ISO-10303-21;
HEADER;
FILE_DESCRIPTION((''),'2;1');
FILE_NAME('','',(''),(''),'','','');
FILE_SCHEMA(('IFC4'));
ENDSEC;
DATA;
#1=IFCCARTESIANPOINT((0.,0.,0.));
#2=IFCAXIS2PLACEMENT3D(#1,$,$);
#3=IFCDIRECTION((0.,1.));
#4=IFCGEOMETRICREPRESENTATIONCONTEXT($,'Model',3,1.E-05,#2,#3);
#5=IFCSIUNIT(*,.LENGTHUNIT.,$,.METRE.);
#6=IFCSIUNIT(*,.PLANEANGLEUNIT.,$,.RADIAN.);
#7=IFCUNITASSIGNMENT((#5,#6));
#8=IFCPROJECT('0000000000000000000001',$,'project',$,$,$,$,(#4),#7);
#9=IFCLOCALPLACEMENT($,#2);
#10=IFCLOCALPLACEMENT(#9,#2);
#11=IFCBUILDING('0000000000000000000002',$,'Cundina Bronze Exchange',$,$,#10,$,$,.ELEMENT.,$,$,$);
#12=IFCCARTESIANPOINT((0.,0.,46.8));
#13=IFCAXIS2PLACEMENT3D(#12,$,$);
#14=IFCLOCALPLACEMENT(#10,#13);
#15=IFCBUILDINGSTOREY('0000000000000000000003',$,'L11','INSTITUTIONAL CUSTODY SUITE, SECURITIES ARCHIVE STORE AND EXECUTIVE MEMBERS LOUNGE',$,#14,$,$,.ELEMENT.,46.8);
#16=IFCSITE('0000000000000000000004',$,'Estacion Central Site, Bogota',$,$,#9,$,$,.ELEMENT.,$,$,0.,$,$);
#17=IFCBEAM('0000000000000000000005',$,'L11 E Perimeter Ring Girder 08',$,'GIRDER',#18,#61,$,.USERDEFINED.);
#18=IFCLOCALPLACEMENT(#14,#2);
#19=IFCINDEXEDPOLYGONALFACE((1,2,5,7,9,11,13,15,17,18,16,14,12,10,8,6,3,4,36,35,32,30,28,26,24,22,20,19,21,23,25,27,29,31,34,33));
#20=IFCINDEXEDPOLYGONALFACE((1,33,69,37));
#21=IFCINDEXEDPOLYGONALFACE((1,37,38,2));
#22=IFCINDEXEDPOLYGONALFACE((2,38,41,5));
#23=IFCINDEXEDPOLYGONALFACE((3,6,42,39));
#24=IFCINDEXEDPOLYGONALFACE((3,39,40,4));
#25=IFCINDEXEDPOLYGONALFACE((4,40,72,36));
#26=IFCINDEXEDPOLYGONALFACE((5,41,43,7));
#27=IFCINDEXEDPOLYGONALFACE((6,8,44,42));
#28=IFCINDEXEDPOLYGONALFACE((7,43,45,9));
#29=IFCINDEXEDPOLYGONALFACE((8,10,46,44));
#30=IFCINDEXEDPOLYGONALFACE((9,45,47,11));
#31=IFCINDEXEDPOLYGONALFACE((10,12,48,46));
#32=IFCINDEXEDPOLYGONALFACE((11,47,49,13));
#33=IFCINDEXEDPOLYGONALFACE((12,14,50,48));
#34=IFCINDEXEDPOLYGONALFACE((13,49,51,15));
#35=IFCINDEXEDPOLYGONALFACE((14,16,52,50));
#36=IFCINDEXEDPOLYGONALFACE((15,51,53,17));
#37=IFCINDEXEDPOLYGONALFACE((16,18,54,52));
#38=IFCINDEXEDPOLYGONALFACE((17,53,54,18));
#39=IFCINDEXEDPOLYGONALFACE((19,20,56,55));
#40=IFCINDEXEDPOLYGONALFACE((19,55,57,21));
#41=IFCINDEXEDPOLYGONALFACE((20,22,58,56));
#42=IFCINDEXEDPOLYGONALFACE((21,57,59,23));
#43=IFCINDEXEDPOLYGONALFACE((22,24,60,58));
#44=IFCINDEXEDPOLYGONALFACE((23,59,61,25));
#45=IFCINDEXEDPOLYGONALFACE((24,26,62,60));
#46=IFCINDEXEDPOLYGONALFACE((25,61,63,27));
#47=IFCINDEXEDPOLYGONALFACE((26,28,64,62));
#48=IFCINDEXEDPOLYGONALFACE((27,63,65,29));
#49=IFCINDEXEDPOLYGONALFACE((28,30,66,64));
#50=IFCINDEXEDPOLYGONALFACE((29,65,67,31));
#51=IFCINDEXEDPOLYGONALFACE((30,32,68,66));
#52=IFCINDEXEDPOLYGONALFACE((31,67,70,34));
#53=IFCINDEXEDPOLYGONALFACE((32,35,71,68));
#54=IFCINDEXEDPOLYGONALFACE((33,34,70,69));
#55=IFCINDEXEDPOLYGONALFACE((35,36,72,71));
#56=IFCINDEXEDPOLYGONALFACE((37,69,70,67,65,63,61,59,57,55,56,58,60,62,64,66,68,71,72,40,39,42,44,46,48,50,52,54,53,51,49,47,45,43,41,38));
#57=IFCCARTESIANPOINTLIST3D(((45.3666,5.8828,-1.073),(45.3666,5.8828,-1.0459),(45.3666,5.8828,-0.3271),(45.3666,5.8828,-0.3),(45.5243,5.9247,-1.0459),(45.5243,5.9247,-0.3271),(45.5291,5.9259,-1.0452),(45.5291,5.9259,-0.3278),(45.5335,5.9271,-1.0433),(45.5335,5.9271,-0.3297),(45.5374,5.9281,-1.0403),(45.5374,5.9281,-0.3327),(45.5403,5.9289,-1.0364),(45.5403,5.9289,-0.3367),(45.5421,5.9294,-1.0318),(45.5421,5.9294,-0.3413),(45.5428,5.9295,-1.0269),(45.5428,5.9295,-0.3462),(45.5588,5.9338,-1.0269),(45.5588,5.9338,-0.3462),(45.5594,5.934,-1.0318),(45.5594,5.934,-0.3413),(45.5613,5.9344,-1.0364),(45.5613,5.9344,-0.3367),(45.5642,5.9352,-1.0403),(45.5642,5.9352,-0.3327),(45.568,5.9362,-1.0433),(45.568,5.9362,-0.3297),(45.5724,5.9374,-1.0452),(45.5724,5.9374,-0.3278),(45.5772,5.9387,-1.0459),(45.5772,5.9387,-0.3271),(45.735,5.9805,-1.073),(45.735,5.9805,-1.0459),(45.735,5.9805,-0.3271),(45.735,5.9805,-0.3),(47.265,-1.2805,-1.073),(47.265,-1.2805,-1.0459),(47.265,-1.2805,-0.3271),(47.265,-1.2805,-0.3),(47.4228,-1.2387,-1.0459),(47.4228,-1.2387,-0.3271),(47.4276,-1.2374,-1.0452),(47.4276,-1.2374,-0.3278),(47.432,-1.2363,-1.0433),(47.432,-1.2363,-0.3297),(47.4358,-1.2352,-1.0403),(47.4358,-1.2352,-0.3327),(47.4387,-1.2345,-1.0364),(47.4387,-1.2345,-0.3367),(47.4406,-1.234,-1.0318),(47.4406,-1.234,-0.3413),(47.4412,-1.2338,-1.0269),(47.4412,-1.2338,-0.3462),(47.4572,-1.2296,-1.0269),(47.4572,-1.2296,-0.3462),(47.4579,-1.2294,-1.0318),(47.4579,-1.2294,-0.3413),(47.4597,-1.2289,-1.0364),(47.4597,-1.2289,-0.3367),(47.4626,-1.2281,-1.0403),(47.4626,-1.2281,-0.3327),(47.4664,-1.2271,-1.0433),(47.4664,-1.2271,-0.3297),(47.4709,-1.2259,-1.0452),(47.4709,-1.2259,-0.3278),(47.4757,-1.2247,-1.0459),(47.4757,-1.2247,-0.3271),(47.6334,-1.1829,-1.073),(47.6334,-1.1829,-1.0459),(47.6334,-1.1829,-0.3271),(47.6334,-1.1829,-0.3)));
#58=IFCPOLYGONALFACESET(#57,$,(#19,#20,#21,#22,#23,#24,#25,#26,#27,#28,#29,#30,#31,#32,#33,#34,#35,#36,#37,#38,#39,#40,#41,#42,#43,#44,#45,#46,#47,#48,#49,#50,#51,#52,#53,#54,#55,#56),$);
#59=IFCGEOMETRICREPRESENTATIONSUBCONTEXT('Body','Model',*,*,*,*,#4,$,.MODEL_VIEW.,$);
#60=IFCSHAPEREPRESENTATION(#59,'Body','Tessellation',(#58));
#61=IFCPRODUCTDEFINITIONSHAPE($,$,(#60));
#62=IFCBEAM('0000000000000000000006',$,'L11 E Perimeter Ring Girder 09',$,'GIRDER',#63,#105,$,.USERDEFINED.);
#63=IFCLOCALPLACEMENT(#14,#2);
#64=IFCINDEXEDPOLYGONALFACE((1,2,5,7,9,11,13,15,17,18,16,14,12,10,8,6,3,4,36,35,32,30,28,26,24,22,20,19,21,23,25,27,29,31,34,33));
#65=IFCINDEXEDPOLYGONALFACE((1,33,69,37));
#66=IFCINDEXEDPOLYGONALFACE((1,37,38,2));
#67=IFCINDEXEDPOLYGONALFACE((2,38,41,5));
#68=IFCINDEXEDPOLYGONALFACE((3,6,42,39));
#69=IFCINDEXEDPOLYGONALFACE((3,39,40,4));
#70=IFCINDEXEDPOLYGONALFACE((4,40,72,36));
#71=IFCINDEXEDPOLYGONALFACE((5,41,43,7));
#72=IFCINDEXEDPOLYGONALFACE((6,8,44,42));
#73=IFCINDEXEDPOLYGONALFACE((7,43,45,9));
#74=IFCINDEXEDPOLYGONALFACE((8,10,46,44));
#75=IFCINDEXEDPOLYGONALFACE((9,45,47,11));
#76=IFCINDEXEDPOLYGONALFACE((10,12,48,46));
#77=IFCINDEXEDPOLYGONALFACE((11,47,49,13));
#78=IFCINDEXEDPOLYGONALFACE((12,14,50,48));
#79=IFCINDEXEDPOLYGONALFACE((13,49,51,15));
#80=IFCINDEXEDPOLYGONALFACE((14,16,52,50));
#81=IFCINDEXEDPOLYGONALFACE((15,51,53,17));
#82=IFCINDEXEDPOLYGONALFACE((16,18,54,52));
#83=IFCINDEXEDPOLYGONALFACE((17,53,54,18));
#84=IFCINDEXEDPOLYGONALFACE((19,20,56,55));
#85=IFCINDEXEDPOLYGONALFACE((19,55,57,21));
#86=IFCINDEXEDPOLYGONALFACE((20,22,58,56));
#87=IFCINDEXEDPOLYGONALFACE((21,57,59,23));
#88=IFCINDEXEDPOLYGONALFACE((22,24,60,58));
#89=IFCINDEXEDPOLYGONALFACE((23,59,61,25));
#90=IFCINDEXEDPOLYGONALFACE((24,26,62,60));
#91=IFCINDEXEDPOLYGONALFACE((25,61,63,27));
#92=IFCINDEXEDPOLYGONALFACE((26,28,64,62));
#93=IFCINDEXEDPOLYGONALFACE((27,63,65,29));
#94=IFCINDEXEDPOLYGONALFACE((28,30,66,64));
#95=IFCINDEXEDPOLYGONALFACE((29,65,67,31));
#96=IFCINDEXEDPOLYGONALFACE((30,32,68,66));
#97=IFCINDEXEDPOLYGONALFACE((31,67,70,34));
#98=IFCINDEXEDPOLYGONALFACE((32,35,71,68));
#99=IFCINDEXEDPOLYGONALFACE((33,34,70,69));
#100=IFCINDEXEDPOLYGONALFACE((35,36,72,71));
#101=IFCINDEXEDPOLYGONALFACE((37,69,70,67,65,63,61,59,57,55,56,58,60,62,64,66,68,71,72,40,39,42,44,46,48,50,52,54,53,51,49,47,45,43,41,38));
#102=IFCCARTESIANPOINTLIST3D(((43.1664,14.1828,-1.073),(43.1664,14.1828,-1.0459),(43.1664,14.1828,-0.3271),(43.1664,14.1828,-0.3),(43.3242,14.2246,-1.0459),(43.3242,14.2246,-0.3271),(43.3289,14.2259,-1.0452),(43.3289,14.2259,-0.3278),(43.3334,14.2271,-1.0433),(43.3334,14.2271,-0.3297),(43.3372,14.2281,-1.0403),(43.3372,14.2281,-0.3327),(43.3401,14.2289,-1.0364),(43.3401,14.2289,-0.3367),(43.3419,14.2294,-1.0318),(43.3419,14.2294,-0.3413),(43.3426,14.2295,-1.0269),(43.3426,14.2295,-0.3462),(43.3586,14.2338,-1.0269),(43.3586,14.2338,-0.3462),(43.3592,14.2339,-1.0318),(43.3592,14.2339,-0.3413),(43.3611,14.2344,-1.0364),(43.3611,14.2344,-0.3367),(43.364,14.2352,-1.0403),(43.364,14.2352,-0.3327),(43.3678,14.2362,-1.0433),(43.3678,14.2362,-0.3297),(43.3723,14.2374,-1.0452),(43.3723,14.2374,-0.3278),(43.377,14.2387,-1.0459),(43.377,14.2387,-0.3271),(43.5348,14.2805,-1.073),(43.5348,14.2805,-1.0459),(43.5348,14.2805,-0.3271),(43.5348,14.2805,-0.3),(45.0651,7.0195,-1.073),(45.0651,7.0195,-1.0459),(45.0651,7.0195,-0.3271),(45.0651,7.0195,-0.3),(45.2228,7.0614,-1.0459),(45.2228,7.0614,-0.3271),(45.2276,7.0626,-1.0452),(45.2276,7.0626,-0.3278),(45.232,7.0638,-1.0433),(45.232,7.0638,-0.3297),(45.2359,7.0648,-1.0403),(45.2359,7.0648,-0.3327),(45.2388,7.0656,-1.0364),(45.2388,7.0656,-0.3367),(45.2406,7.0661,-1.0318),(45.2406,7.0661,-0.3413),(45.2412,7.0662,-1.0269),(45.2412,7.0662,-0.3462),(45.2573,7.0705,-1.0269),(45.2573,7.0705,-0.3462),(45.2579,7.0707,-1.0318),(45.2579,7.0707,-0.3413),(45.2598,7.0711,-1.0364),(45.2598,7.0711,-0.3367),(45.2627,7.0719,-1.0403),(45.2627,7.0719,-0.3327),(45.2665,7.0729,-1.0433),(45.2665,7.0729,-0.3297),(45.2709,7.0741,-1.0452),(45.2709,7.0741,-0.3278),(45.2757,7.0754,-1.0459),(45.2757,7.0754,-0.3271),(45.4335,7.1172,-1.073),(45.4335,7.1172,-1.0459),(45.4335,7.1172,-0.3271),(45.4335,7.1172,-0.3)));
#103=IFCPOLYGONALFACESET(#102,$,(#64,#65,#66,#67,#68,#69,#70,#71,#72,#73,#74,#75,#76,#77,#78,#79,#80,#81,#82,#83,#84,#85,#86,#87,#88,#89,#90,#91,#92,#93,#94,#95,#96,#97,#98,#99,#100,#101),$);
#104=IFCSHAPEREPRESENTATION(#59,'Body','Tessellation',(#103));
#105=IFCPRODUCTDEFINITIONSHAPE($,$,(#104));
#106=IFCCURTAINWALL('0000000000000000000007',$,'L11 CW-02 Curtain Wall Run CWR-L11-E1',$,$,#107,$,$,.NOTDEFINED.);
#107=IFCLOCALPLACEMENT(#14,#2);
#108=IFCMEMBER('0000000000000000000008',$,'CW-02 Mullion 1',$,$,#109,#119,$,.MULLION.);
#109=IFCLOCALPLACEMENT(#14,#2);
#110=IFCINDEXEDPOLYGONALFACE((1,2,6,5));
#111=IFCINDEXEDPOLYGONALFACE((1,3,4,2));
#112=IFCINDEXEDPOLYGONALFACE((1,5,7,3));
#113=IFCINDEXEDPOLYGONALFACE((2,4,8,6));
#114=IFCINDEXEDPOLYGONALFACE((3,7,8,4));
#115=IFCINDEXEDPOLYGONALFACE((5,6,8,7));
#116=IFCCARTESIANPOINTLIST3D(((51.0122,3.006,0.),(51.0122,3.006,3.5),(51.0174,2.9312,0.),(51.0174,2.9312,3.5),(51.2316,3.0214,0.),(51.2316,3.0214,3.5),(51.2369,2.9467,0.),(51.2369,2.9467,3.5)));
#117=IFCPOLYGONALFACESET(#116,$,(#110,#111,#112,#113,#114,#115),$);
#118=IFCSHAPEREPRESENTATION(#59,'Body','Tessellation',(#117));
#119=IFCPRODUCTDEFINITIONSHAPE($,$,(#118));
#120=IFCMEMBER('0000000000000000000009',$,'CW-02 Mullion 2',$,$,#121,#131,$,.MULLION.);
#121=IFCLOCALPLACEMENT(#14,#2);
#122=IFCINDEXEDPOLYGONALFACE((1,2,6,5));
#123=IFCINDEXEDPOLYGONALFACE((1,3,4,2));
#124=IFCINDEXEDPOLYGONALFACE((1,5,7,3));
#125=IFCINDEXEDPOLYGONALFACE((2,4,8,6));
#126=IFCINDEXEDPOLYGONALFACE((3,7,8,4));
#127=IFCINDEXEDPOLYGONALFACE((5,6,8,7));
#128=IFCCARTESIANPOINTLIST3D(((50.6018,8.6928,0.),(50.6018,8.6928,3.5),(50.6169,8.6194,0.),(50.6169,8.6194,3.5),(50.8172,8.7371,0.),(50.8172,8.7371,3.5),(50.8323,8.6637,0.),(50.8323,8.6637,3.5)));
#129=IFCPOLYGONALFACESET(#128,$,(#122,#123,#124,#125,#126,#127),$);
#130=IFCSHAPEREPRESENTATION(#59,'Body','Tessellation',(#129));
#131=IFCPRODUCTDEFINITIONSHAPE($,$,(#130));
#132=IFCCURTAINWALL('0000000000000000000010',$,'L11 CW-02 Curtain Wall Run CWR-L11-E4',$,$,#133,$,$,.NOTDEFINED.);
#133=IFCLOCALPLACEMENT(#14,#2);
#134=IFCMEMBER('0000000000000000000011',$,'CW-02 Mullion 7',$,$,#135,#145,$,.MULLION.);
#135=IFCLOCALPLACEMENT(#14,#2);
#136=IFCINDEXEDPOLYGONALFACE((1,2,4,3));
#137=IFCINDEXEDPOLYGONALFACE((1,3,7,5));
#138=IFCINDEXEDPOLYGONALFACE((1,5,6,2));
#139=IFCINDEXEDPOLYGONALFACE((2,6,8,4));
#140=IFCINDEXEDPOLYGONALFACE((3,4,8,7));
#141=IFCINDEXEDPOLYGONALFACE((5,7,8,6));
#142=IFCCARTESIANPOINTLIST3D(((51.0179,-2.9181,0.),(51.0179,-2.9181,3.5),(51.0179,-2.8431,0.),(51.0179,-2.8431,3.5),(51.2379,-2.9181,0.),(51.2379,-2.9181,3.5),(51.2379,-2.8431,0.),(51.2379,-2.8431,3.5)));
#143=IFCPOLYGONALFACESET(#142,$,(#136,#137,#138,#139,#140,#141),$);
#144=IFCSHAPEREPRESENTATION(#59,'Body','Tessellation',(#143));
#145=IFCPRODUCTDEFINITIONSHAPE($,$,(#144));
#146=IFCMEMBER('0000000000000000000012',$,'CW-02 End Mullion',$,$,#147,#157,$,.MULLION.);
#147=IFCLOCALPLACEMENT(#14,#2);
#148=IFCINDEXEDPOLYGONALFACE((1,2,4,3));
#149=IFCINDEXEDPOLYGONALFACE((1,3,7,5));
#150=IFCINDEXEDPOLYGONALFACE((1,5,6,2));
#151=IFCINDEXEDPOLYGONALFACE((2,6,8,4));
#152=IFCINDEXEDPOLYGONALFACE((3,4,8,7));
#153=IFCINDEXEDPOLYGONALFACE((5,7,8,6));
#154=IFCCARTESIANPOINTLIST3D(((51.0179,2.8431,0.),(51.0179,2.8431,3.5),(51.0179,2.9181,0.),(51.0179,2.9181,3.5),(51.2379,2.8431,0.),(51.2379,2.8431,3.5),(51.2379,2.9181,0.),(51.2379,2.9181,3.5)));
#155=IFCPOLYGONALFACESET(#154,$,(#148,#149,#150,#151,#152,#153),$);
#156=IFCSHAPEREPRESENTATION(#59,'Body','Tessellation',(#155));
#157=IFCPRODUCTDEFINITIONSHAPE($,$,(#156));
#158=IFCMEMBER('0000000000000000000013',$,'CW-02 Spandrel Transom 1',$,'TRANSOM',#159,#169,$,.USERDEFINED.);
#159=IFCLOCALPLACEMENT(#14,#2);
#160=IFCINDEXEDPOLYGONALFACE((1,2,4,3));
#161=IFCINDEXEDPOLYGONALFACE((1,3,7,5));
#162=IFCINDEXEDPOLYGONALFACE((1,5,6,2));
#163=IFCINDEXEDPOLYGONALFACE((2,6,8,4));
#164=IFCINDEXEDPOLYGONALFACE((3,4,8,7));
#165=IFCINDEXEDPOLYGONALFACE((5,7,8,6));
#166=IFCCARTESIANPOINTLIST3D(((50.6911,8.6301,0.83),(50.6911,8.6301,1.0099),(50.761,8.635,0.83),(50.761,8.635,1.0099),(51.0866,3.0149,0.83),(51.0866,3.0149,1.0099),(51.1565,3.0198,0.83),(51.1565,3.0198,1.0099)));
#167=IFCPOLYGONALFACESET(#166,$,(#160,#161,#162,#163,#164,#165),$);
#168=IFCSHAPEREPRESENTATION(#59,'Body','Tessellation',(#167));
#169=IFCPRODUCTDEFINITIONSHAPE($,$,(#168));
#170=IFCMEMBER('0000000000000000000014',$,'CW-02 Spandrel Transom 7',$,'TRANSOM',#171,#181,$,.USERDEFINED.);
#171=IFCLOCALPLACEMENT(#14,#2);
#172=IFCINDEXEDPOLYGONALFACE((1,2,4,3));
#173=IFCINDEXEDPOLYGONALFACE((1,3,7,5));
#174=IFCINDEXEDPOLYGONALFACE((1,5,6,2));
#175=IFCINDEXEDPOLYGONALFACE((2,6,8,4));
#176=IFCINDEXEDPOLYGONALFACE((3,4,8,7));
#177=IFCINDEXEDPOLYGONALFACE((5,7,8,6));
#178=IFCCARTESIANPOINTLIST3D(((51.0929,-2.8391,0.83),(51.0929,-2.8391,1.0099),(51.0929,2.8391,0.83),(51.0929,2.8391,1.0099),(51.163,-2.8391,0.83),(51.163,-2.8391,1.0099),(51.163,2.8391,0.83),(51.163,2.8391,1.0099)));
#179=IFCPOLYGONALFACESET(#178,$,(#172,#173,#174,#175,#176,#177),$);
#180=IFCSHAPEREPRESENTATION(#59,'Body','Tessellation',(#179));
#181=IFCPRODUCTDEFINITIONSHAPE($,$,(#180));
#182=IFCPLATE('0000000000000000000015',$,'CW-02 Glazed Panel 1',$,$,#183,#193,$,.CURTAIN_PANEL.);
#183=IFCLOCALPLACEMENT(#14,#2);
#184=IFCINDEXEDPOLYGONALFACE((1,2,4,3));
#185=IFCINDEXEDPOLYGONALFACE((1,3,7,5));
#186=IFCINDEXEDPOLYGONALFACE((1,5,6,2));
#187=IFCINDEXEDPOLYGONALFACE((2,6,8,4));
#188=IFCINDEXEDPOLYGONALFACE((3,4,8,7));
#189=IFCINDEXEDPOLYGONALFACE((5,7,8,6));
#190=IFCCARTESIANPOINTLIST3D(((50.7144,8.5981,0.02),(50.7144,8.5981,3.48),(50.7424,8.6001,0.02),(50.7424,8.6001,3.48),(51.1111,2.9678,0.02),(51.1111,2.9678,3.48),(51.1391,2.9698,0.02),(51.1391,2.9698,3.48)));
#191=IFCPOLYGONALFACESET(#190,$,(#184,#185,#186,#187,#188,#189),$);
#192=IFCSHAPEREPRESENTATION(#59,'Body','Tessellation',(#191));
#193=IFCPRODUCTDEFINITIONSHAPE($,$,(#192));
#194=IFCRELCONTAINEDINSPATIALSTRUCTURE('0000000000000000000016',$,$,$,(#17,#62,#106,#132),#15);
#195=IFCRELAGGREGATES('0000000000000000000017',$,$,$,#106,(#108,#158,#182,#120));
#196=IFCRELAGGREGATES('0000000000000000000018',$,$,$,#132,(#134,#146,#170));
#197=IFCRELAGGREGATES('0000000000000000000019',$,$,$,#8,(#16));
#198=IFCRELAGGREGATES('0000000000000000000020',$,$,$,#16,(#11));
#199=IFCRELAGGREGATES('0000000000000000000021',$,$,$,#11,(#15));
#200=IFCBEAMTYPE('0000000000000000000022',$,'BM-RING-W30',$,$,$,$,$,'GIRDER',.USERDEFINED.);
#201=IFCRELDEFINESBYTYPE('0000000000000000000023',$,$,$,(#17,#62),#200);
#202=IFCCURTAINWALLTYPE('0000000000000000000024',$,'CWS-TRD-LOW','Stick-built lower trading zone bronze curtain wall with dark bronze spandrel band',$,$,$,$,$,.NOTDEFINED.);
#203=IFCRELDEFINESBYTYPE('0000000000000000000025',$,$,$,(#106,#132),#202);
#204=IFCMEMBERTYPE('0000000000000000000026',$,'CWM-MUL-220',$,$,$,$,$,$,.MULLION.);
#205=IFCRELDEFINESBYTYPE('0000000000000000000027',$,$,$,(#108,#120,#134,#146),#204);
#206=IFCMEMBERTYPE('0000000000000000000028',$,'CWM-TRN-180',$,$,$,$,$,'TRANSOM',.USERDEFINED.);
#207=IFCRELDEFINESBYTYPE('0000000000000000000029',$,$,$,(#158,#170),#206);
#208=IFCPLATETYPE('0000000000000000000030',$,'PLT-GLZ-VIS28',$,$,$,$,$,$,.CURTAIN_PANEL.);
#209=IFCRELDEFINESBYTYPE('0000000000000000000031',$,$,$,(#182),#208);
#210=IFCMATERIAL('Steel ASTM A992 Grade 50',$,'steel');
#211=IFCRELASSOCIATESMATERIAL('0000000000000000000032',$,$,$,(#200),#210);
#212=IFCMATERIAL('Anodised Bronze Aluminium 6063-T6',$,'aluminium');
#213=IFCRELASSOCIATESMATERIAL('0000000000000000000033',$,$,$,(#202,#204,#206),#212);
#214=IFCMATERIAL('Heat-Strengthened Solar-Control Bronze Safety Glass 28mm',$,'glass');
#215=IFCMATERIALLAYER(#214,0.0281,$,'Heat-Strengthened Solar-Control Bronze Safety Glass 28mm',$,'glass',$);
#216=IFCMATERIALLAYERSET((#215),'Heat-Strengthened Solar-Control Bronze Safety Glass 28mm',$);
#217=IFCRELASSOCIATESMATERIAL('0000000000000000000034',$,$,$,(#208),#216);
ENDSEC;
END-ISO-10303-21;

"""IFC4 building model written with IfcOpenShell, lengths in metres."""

from ifc_helpers import new_model, si_unit, direction, frame, origin, origin_2d, place, context, subcontext, project, spatial, rectangle, i_section, extrude, material, layer, layer_set, material_profile, profile_set, type_object, element, aggregate, save


model = new_model("IFC4")

# Units and contexts
model_context = context("Model", 3, precision=1e-05, world=origin(), true_north=direction((0.0, 1.0)))
body_context = subcontext(model_context, "Body", "Model", "MODEL_VIEW")
ifc_project = project(units=[si_unit("LENGTHUNIT", "METRE"), si_unit("PLANEANGLEUNIT", "RADIAN")], contexts=[model_context])

# Site, building, storey
site_placement = place(None, origin())
site = spatial("IfcSite", under=ifc_project, at=site_placement, Name="Estacion Central Site, Bogota", CompositionType="ELEMENT", RefElevation=0.0)
building_placement = place(site_placement, origin())
building = spatial("IfcBuilding", under=site, at=building_placement, Name="Cundina Bronze Exchange", CompositionType="ELEMENT")
storey_placement = place(building_placement, frame((0.0, 0.0, 46.8)))
storey = spatial("IfcBuildingStorey", under=building, at=storey_placement, Name="L11", Description="INSTITUTIONAL CUSTODY SUITE, SECURITIES ARCHIVE STORE AND EXECUTIVE MEMBERS LOUNGE", CompositionType="ELEMENT", Elevation=46.8)

# Shared definitions
ifc_material_1 = material(Name="Steel ASTM A992 Grade 50", Category="steel")

# Beams
ifc_material_profile_1 = material_profile(ifc_material_1, i_section(OverallWidth=0.3811, OverallDepth=0.7729, WebThickness=0.0166, FlangeThickness=0.0271, FilletRadius=0.019, at=origin_2d()), Name="W30X173", Category="steel")
ifc_profile_set_1 = profile_set([ifc_material_profile_1], Name="Steel ASTM A992 Grade 50")
beam_type_1 = type_object("IfcBeamType", Name="BM-RING-W30", ElementType="GIRDER", PredefinedType="USERDEFINED", material=ifc_profile_set_1)
for number, where, z_axis, x_axis, name in (
    (1, (47.4492, -1.2317, -0.6865), (-0.256178, 0.96663, 0.0), (-0.96663, -0.256178, 0.0), "L11 E Perimeter Ring Girder 08"),
    (2, (45.2493, 7.0684, -0.6865), (-0.256209, 0.966622, 0.0), (-0.966622, -0.256209, 0.0), "L11 E Perimeter Ring Girder 09"),
):
    element("IfcBeam", number, at=place(storey_placement, frame(where, z_axis=z_axis, x_axis=x_axis)), inside=storey, type_object=beam_type_1, Name=name, ObjectType="GIRDER", PredefinedType="USERDEFINED", context=body_context, shape_type="SweptSolid", body=[
        extrude(i_section(OverallWidth=0.3811, OverallDepth=0.7729, WebThickness=0.0166, FlangeThickness=0.0271, FilletRadius=0.019, at=origin_2d()), origin(), (0.0, 0.0, 1.0), 7.4106),
    ])

# Curtain walls, members
ifc_material_2 = material(Name="Anodised Bronze Aluminium 6063-T6", Category="aluminium")
curtain_wall_type = type_object("IfcCurtainWallType", Name="CWS-TRD-LOW", Description="Stick-built lower trading zone bronze curtain wall with dark bronze spandrel band", PredefinedType="NOTDEFINED", material=ifc_material_2)
curtain_wall_1_placement = place(storey_placement, origin())
curtain_wall_1 = element("IfcCurtainWall", 3, at=curtain_wall_1_placement, inside=storey, type_object=curtain_wall_type, Name="L11 CW-02 Curtain Wall Run CWR-L11-E1", PredefinedType="NOTDEFINED")
ifc_material_profile_2 = material_profile(ifc_material_2, rectangle(XDim=0.075, YDim=0.22, at=origin_2d()), Name="AL75X220", Category="aluminium")
ifc_profile_set_2 = profile_set([ifc_material_profile_2], Name="Anodised Bronze Aluminium 6063-T6")
member_type_1 = type_object("IfcMemberType", Name="CWM-MUL-220", PredefinedType="MULLION", material=ifc_profile_set_2)
member_1_placement = place(storey_placement, frame((51.1245, 2.9763, 0.0), z_axis=(0.0, 0.0, 1.0), x_axis=(-0.070279, 0.997527, 0.0)))
member_1 = element("IfcMember", 4, at=member_1_placement, type_object=member_type_1, Name="CW-02 Mullion 1", PredefinedType="MULLION", context=body_context, shape_type="SweptSolid", body=[
    extrude(rectangle(XDim=0.075, YDim=0.22, at=origin_2d()), origin(), (0.0, 0.0, 1.0), 3.5),
])
member_2_placement = place(storey_placement, frame((50.717, 8.6782, 0.0), z_axis=(0.0, 0.0, 1.0), x_axis=(-0.20142, 0.979505, 0.0)))
member_2 = element("IfcMember", 5, at=member_2_placement, type_object=member_type_1, Name="CW-02 Mullion 2", PredefinedType="MULLION", context=body_context, shape_type="SweptSolid", body=[
    extrude(rectangle(XDim=0.075, YDim=0.22, at=origin_2d()), origin(), (0.0, 0.0, 1.0), 3.5),
])
curtain_wall_2_placement = place(storey_placement, origin())
curtain_wall_2 = element("IfcCurtainWall", 6, at=curtain_wall_2_placement, inside=storey, type_object=curtain_wall_type, Name="L11 CW-02 Curtain Wall Run CWR-L11-E4", PredefinedType="NOTDEFINED")
member_3_placement = place(storey_placement, frame((51.1279, -2.8806, 0.0), z_axis=(0.0, 0.0, 1.0), x_axis=(0.0, 1.0, 0.0)))
member_3 = element("IfcMember", 7, at=member_3_placement, type_object=member_type_1, Name="CW-02 Mullion 7", PredefinedType="MULLION", context=body_context, shape_type="SweptSolid", body=[
    extrude(rectangle(XDim=0.075, YDim=0.22, at=origin_2d()), origin(), (0.0, 0.0, 1.0), 3.5),
])
member_4_placement = place(storey_placement, frame((51.1279, 2.8806, 0.0), z_axis=(0.0, 0.0, 1.0), x_axis=(0.0, 1.0, 0.0)))
member_4 = element("IfcMember", 8, at=member_4_placement, type_object=member_type_1, Name="CW-02 End Mullion", PredefinedType="MULLION", context=body_context, shape_type="SweptSolid", body=[
    extrude(rectangle(XDim=0.075, YDim=0.22, at=origin_2d()), origin(), (0.0, 0.0, 1.0), 3.5),
])

# Members
ifc_material_profile_3 = material_profile(ifc_material_2, rectangle(XDim=0.0701, YDim=0.1799, at=origin_2d()), Name="AL70X180", Category="aluminium")
ifc_profile_set_3 = profile_set([ifc_material_profile_3], Name="Anodised Bronze Aluminium 6063-T6")
member_type_2 = type_object("IfcMemberType", Name="CWM-TRN-180", ElementType="TRANSOM", PredefinedType="USERDEFINED", material=ifc_profile_set_3)
member_5_placement = place(storey_placement, frame((51.1216, 3.0173, 0.9199), z_axis=(-0.070261, 0.997529, 0.0), x_axis=(-0.997529, -0.070261, 0.0)))
member_5 = element("IfcMember", 9, at=member_5_placement, type_object=member_type_2, Name="CW-02 Spandrel Transom 1", ObjectType="TRANSOM", PredefinedType="USERDEFINED", context=body_context, shape_type="SweptSolid", body=[
    extrude(rectangle(XDim=0.0701, YDim=0.1799, at=origin_2d()), origin(), (0.0, 0.0, 1.0), 5.6292),
])
member_6_placement = place(storey_placement, frame((51.1279, -2.8391, 0.9199), z_axis=(0.0, 1.0, 0.0), x_axis=(-1.0, 0.0, 0.0)))
member_6 = element("IfcMember", 10, at=member_6_placement, type_object=member_type_2, Name="CW-02 Spandrel Transom 7", ObjectType="TRANSOM", PredefinedType="USERDEFINED", context=body_context, shape_type="SweptSolid", body=[
    extrude(rectangle(XDim=0.0701, YDim=0.1799, at=origin_2d()), origin(), (0.0, 0.0, 1.0), 5.6782),
])

# Plate
ifc_material_3 = material(Name="Heat-Strengthened Solar-Control Bronze Safety Glass 28mm", Category="glass")
ifc_layer_1 = layer(ifc_material_3, 0.0281, Name="Heat-Strengthened Solar-Control Bronze Safety Glass 28mm", Category="glass")
ifc_layer_set_1 = layer_set([ifc_layer_1], Name="Heat-Strengthened Solar-Control Bronze Safety Glass 28mm")
plate_type = type_object("IfcPlateType", Name="PLT-GLZ-VIS28", PredefinedType="CURTAIN_PANEL", material=ifc_layer_set_1)
plate_1_placement = place(storey_placement, frame((50.9268, 5.7839, 0.02), z_axis=(0.0, 0.0, 1.0), x_axis=(-0.070279, 0.997527, 0.0)))
plate_1 = element("IfcPlate", 11, at=plate_1_placement, type_object=plate_type, Name="CW-02 Glazed Panel 1", PredefinedType="CURTAIN_PANEL", context=body_context, shape_type="SweptSolid", body=[
    extrude(rectangle(XDim=5.6443, YDim=0.0281, at=origin_2d()), origin(), (0.0, 0.0, 1.0), 3.46),
])
aggregate(curtain_wall_1, [member_1, member_5, plate_1, member_2])
aggregate(curtain_wall_2, [member_3, member_4, member_6])

save(model, "model.ifc")
